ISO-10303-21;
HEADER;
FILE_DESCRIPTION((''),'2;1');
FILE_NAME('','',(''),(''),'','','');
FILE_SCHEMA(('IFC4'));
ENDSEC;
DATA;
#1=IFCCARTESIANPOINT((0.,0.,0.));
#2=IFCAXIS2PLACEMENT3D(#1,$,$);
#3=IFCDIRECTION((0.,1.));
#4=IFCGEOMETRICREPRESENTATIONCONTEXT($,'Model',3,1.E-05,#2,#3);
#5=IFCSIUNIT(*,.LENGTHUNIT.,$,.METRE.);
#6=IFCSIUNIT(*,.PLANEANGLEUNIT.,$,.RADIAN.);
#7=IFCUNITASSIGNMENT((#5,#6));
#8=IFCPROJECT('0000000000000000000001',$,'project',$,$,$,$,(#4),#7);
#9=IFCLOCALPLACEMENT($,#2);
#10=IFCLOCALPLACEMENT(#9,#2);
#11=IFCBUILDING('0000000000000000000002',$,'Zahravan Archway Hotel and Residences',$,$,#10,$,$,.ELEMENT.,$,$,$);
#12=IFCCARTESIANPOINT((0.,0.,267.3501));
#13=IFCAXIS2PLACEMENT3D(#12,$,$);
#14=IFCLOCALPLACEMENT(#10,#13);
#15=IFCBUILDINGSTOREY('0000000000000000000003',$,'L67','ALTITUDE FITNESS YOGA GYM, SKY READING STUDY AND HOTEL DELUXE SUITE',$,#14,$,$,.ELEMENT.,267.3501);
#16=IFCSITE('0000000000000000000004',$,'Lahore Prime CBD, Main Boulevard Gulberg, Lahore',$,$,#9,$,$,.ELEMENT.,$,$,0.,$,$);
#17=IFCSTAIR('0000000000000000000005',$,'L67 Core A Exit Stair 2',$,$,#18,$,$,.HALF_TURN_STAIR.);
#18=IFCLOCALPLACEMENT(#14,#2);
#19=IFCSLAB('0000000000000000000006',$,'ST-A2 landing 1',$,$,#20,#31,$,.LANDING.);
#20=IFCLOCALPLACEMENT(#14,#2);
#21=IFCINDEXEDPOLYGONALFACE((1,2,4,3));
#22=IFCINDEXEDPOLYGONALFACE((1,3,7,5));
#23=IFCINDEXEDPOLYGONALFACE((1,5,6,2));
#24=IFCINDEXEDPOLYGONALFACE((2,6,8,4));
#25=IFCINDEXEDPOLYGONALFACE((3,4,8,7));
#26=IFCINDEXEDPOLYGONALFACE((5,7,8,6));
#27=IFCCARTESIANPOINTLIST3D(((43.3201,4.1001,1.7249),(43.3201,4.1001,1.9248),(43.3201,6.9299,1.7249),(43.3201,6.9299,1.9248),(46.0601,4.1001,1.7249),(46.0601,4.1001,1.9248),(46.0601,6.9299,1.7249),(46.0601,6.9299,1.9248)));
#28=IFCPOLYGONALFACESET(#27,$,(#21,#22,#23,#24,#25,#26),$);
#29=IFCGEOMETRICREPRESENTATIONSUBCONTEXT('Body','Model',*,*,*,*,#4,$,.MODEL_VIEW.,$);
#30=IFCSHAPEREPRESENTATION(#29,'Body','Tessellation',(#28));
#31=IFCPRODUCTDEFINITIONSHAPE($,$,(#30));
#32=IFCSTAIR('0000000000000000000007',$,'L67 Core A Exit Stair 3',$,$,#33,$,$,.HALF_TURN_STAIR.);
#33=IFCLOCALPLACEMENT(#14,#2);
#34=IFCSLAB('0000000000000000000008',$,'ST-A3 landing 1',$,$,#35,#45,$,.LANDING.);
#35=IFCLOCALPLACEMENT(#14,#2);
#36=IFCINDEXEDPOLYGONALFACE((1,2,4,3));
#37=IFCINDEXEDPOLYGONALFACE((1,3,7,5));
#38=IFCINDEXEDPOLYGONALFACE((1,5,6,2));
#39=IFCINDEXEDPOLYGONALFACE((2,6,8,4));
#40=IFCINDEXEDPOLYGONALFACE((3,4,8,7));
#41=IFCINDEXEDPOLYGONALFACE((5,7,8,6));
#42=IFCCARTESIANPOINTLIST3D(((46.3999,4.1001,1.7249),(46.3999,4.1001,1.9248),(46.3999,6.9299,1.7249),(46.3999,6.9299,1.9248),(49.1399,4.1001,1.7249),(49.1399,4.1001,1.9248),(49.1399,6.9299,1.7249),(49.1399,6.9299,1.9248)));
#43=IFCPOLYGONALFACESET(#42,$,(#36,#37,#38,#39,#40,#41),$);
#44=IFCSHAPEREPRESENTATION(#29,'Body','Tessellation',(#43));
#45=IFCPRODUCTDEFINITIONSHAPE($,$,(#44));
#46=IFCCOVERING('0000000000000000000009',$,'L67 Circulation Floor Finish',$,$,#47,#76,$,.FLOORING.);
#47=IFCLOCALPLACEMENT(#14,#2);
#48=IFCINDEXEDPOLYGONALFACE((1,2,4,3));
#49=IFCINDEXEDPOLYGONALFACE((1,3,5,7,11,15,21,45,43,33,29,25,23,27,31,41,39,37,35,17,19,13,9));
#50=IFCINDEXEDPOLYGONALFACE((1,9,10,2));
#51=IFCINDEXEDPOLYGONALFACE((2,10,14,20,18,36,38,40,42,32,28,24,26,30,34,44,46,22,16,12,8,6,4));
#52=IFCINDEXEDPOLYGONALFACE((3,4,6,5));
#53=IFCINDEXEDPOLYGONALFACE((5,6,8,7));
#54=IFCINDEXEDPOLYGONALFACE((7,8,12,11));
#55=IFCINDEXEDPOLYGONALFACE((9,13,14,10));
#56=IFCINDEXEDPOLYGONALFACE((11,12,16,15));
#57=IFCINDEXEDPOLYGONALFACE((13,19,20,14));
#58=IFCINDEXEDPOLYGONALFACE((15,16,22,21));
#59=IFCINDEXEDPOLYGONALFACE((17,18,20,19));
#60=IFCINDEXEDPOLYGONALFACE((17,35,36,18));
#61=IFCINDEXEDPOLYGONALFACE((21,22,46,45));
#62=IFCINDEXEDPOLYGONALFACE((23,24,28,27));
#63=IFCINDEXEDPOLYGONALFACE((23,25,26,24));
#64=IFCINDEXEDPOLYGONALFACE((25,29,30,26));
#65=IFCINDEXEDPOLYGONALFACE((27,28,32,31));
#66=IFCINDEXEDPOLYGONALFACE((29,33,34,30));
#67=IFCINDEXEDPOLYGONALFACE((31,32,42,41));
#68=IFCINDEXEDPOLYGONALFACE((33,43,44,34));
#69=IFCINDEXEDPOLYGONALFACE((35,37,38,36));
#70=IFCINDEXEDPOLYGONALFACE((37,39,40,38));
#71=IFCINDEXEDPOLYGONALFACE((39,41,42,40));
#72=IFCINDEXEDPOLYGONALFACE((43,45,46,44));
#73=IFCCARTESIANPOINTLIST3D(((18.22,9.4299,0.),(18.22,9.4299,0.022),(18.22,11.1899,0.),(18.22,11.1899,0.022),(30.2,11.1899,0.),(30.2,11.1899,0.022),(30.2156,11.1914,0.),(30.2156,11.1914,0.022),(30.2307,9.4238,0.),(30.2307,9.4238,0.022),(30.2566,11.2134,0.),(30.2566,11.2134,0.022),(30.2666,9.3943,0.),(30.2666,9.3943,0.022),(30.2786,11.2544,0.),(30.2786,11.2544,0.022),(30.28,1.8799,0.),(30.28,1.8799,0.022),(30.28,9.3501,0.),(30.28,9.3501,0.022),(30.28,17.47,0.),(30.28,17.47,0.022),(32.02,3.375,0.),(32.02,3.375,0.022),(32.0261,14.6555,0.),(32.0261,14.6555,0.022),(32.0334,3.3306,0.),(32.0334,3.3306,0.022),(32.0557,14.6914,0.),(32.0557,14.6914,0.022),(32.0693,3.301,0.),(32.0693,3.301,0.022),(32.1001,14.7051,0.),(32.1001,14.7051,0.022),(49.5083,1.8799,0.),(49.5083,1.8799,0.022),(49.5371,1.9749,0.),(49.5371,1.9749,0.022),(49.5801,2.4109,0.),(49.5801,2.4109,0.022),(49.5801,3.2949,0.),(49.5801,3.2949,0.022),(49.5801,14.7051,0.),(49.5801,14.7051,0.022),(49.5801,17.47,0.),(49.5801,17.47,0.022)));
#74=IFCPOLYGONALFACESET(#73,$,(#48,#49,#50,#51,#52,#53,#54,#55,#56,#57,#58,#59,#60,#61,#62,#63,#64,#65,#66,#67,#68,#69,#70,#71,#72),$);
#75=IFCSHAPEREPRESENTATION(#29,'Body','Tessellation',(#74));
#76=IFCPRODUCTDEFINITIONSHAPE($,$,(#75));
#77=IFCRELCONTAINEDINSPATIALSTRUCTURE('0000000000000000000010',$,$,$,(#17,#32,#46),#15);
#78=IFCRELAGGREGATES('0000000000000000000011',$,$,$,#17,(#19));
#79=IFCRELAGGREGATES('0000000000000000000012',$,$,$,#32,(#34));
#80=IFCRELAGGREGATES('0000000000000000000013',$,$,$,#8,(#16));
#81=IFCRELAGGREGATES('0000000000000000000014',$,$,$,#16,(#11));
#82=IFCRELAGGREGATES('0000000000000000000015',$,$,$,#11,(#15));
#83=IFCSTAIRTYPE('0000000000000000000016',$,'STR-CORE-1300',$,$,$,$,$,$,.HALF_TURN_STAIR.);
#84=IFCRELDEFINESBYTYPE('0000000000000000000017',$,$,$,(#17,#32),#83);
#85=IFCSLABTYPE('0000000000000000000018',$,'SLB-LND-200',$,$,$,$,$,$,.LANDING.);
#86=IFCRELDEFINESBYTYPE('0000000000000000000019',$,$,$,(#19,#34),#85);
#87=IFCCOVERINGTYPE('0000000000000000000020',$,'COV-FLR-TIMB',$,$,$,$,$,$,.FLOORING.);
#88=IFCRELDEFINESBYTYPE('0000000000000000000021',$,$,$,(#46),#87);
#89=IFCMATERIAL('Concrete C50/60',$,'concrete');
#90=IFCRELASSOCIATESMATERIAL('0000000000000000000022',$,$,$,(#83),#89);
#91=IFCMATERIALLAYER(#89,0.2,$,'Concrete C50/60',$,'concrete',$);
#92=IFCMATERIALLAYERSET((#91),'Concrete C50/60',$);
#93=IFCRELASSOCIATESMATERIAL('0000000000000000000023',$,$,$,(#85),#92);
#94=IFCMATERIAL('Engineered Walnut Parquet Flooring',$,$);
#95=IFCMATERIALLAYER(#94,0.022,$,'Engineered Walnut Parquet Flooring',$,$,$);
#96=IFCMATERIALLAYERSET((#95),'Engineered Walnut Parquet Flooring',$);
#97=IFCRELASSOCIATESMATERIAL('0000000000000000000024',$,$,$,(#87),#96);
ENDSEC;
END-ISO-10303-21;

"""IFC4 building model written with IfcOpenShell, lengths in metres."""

from ifc_helpers import new_model, si_unit, direction, frame, origin, place, context, subcontext, project, spatial, polyline, outline, extrude, material, layer, layer_set, type_object, element, aggregate, save


model = new_model("IFC4")

# Units and contexts
model_context = context("Model", 3, precision=1e-05, world=origin(), true_north=direction((0.0, 1.0)))
body_context = subcontext(model_context, "Body", "Model", "MODEL_VIEW")
ifc_project = project(units=[si_unit("LENGTHUNIT", "METRE"), si_unit("PLANEANGLEUNIT", "RADIAN")], contexts=[model_context])

# Site, building, storey
site_placement = place(None, origin())
site = spatial("IfcSite", under=ifc_project, at=site_placement, Name="Lahore Prime CBD, Main Boulevard Gulberg, Lahore", CompositionType="ELEMENT", RefElevation=0.0)
building_placement = place(site_placement, origin())
building = spatial("IfcBuilding", under=site, at=building_placement, Name="Zahravan Archway Hotel and Residences", CompositionType="ELEMENT")
storey_placement = place(building_placement, frame((0.0, 0.0, 267.3501)))
storey = spatial("IfcBuildingStorey", under=building, at=storey_placement, Name="L67", Description="ALTITUDE FITNESS YOGA GYM, SKY READING STUDY AND HOTEL DELUXE SUITE", CompositionType="ELEMENT", Elevation=267.3501)

# Stairs, slabs
ifc_material_1 = material(Name="Concrete C50/60", Category="concrete")
stair_type = type_object("IfcStairType", Name="STR-CORE-1300", PredefinedType="HALF_TURN_STAIR", material=ifc_material_1)
ifc_layer_1 = layer(ifc_material_1, 0.2, Name="Concrete C50/60", Category="concrete")
ifc_layer_set_1 = layer_set([ifc_layer_1], Name="Concrete C50/60")
slab_type_1 = type_object("IfcSlabType", Name="SLB-LND-200", PredefinedType="LANDING", material=ifc_layer_set_1)
stair_1_placement = place(storey_placement, origin())
stair_1 = element("IfcStair", 1, at=stair_1_placement, inside=storey, type_object=stair_type, Name="L67 Core A Exit Stair 2", PredefinedType="HALF_TURN_STAIR")
slab_1_placement = place(storey_placement, frame((0.0, 0.0, 1.7249)))
slab_1 = element("IfcSlab", 2, at=slab_1_placement, type_object=slab_type_1, Name="ST-A2 landing 1", PredefinedType="LANDING", context=body_context, shape_type="SweptSolid", body=[
    extrude(outline(polyline([(43.3201, 6.9299), (43.3201, 4.1001), (46.0601, 4.1001), (46.0601, 6.9299), (43.3201, 6.9299)])), origin(), (0.0, 0.0, 1.0), 0.2),
])
aggregate(stair_1, [slab_1])
stair_2_placement = place(storey_placement, origin())
stair_2 = element("IfcStair", 3, at=stair_2_placement, inside=storey, type_object=stair_type, Name="L67 Core A Exit Stair 3", PredefinedType="HALF_TURN_STAIR")
slab_2_placement = place(storey_placement, frame((0.0, 0.0, 1.7249)))
slab_2 = element("IfcSlab", 4, at=slab_2_placement, type_object=slab_type_1, Name="ST-A3 landing 1", PredefinedType="LANDING", context=body_context, shape_type="SweptSolid", body=[
    extrude(outline(polyline([(46.3999, 6.9299), (46.3999, 4.1001), (49.1399, 4.1001), (49.1399, 6.9299), (46.3999, 6.9299)])), origin(), (0.0, 0.0, 1.0), 0.2),
])
aggregate(stair_2, [slab_2])

# Covering
ifc_material_2 = material(Name="Engineered Walnut Parquet Flooring")
ifc_layer_2 = layer(ifc_material_2, 0.022, Name="Engineered Walnut Parquet Flooring")
ifc_layer_set_2 = layer_set([ifc_layer_2], Name="Engineered Walnut Parquet Flooring")
covering_type = type_object("IfcCoveringType", Name="COV-FLR-TIMB", PredefinedType="FLOORING", material=ifc_layer_set_2)
covering_placement = place(storey_placement, origin())
element("IfcCovering", 5, at=covering_placement, inside=storey, type_object=covering_type, Name="L67 Circulation Floor Finish", PredefinedType="FLOORING", context=body_context, shape_type="SweptSolid", body=[
    extrude(outline(polyline([(30.2156, 11.1914), (30.2566, 11.2134), (30.2786, 11.2544), (30.28, 17.47), (49.5801, 17.47), (49.5801, 14.7051), (32.1001, 14.7051), (32.0557, 14.6914), (32.0261, 14.6555), (32.02, 3.375), (32.0334, 3.3306), (32.0693, 3.301), (49.5801, 3.2949), (49.5801, 2.4109), (49.5371, 1.9749), (49.5083, 1.8799), (30.28, 1.8799), (30.28, 9.3501), (30.2666, 9.3943), (30.2307, 9.4238), (18.22, 9.4299), (18.22, 11.1899), (30.2, 11.1899), (30.2156, 11.1914)])), origin(), (0.0, 0.0, 1.0), 0.022),
])

save(model, "model.ifc")
